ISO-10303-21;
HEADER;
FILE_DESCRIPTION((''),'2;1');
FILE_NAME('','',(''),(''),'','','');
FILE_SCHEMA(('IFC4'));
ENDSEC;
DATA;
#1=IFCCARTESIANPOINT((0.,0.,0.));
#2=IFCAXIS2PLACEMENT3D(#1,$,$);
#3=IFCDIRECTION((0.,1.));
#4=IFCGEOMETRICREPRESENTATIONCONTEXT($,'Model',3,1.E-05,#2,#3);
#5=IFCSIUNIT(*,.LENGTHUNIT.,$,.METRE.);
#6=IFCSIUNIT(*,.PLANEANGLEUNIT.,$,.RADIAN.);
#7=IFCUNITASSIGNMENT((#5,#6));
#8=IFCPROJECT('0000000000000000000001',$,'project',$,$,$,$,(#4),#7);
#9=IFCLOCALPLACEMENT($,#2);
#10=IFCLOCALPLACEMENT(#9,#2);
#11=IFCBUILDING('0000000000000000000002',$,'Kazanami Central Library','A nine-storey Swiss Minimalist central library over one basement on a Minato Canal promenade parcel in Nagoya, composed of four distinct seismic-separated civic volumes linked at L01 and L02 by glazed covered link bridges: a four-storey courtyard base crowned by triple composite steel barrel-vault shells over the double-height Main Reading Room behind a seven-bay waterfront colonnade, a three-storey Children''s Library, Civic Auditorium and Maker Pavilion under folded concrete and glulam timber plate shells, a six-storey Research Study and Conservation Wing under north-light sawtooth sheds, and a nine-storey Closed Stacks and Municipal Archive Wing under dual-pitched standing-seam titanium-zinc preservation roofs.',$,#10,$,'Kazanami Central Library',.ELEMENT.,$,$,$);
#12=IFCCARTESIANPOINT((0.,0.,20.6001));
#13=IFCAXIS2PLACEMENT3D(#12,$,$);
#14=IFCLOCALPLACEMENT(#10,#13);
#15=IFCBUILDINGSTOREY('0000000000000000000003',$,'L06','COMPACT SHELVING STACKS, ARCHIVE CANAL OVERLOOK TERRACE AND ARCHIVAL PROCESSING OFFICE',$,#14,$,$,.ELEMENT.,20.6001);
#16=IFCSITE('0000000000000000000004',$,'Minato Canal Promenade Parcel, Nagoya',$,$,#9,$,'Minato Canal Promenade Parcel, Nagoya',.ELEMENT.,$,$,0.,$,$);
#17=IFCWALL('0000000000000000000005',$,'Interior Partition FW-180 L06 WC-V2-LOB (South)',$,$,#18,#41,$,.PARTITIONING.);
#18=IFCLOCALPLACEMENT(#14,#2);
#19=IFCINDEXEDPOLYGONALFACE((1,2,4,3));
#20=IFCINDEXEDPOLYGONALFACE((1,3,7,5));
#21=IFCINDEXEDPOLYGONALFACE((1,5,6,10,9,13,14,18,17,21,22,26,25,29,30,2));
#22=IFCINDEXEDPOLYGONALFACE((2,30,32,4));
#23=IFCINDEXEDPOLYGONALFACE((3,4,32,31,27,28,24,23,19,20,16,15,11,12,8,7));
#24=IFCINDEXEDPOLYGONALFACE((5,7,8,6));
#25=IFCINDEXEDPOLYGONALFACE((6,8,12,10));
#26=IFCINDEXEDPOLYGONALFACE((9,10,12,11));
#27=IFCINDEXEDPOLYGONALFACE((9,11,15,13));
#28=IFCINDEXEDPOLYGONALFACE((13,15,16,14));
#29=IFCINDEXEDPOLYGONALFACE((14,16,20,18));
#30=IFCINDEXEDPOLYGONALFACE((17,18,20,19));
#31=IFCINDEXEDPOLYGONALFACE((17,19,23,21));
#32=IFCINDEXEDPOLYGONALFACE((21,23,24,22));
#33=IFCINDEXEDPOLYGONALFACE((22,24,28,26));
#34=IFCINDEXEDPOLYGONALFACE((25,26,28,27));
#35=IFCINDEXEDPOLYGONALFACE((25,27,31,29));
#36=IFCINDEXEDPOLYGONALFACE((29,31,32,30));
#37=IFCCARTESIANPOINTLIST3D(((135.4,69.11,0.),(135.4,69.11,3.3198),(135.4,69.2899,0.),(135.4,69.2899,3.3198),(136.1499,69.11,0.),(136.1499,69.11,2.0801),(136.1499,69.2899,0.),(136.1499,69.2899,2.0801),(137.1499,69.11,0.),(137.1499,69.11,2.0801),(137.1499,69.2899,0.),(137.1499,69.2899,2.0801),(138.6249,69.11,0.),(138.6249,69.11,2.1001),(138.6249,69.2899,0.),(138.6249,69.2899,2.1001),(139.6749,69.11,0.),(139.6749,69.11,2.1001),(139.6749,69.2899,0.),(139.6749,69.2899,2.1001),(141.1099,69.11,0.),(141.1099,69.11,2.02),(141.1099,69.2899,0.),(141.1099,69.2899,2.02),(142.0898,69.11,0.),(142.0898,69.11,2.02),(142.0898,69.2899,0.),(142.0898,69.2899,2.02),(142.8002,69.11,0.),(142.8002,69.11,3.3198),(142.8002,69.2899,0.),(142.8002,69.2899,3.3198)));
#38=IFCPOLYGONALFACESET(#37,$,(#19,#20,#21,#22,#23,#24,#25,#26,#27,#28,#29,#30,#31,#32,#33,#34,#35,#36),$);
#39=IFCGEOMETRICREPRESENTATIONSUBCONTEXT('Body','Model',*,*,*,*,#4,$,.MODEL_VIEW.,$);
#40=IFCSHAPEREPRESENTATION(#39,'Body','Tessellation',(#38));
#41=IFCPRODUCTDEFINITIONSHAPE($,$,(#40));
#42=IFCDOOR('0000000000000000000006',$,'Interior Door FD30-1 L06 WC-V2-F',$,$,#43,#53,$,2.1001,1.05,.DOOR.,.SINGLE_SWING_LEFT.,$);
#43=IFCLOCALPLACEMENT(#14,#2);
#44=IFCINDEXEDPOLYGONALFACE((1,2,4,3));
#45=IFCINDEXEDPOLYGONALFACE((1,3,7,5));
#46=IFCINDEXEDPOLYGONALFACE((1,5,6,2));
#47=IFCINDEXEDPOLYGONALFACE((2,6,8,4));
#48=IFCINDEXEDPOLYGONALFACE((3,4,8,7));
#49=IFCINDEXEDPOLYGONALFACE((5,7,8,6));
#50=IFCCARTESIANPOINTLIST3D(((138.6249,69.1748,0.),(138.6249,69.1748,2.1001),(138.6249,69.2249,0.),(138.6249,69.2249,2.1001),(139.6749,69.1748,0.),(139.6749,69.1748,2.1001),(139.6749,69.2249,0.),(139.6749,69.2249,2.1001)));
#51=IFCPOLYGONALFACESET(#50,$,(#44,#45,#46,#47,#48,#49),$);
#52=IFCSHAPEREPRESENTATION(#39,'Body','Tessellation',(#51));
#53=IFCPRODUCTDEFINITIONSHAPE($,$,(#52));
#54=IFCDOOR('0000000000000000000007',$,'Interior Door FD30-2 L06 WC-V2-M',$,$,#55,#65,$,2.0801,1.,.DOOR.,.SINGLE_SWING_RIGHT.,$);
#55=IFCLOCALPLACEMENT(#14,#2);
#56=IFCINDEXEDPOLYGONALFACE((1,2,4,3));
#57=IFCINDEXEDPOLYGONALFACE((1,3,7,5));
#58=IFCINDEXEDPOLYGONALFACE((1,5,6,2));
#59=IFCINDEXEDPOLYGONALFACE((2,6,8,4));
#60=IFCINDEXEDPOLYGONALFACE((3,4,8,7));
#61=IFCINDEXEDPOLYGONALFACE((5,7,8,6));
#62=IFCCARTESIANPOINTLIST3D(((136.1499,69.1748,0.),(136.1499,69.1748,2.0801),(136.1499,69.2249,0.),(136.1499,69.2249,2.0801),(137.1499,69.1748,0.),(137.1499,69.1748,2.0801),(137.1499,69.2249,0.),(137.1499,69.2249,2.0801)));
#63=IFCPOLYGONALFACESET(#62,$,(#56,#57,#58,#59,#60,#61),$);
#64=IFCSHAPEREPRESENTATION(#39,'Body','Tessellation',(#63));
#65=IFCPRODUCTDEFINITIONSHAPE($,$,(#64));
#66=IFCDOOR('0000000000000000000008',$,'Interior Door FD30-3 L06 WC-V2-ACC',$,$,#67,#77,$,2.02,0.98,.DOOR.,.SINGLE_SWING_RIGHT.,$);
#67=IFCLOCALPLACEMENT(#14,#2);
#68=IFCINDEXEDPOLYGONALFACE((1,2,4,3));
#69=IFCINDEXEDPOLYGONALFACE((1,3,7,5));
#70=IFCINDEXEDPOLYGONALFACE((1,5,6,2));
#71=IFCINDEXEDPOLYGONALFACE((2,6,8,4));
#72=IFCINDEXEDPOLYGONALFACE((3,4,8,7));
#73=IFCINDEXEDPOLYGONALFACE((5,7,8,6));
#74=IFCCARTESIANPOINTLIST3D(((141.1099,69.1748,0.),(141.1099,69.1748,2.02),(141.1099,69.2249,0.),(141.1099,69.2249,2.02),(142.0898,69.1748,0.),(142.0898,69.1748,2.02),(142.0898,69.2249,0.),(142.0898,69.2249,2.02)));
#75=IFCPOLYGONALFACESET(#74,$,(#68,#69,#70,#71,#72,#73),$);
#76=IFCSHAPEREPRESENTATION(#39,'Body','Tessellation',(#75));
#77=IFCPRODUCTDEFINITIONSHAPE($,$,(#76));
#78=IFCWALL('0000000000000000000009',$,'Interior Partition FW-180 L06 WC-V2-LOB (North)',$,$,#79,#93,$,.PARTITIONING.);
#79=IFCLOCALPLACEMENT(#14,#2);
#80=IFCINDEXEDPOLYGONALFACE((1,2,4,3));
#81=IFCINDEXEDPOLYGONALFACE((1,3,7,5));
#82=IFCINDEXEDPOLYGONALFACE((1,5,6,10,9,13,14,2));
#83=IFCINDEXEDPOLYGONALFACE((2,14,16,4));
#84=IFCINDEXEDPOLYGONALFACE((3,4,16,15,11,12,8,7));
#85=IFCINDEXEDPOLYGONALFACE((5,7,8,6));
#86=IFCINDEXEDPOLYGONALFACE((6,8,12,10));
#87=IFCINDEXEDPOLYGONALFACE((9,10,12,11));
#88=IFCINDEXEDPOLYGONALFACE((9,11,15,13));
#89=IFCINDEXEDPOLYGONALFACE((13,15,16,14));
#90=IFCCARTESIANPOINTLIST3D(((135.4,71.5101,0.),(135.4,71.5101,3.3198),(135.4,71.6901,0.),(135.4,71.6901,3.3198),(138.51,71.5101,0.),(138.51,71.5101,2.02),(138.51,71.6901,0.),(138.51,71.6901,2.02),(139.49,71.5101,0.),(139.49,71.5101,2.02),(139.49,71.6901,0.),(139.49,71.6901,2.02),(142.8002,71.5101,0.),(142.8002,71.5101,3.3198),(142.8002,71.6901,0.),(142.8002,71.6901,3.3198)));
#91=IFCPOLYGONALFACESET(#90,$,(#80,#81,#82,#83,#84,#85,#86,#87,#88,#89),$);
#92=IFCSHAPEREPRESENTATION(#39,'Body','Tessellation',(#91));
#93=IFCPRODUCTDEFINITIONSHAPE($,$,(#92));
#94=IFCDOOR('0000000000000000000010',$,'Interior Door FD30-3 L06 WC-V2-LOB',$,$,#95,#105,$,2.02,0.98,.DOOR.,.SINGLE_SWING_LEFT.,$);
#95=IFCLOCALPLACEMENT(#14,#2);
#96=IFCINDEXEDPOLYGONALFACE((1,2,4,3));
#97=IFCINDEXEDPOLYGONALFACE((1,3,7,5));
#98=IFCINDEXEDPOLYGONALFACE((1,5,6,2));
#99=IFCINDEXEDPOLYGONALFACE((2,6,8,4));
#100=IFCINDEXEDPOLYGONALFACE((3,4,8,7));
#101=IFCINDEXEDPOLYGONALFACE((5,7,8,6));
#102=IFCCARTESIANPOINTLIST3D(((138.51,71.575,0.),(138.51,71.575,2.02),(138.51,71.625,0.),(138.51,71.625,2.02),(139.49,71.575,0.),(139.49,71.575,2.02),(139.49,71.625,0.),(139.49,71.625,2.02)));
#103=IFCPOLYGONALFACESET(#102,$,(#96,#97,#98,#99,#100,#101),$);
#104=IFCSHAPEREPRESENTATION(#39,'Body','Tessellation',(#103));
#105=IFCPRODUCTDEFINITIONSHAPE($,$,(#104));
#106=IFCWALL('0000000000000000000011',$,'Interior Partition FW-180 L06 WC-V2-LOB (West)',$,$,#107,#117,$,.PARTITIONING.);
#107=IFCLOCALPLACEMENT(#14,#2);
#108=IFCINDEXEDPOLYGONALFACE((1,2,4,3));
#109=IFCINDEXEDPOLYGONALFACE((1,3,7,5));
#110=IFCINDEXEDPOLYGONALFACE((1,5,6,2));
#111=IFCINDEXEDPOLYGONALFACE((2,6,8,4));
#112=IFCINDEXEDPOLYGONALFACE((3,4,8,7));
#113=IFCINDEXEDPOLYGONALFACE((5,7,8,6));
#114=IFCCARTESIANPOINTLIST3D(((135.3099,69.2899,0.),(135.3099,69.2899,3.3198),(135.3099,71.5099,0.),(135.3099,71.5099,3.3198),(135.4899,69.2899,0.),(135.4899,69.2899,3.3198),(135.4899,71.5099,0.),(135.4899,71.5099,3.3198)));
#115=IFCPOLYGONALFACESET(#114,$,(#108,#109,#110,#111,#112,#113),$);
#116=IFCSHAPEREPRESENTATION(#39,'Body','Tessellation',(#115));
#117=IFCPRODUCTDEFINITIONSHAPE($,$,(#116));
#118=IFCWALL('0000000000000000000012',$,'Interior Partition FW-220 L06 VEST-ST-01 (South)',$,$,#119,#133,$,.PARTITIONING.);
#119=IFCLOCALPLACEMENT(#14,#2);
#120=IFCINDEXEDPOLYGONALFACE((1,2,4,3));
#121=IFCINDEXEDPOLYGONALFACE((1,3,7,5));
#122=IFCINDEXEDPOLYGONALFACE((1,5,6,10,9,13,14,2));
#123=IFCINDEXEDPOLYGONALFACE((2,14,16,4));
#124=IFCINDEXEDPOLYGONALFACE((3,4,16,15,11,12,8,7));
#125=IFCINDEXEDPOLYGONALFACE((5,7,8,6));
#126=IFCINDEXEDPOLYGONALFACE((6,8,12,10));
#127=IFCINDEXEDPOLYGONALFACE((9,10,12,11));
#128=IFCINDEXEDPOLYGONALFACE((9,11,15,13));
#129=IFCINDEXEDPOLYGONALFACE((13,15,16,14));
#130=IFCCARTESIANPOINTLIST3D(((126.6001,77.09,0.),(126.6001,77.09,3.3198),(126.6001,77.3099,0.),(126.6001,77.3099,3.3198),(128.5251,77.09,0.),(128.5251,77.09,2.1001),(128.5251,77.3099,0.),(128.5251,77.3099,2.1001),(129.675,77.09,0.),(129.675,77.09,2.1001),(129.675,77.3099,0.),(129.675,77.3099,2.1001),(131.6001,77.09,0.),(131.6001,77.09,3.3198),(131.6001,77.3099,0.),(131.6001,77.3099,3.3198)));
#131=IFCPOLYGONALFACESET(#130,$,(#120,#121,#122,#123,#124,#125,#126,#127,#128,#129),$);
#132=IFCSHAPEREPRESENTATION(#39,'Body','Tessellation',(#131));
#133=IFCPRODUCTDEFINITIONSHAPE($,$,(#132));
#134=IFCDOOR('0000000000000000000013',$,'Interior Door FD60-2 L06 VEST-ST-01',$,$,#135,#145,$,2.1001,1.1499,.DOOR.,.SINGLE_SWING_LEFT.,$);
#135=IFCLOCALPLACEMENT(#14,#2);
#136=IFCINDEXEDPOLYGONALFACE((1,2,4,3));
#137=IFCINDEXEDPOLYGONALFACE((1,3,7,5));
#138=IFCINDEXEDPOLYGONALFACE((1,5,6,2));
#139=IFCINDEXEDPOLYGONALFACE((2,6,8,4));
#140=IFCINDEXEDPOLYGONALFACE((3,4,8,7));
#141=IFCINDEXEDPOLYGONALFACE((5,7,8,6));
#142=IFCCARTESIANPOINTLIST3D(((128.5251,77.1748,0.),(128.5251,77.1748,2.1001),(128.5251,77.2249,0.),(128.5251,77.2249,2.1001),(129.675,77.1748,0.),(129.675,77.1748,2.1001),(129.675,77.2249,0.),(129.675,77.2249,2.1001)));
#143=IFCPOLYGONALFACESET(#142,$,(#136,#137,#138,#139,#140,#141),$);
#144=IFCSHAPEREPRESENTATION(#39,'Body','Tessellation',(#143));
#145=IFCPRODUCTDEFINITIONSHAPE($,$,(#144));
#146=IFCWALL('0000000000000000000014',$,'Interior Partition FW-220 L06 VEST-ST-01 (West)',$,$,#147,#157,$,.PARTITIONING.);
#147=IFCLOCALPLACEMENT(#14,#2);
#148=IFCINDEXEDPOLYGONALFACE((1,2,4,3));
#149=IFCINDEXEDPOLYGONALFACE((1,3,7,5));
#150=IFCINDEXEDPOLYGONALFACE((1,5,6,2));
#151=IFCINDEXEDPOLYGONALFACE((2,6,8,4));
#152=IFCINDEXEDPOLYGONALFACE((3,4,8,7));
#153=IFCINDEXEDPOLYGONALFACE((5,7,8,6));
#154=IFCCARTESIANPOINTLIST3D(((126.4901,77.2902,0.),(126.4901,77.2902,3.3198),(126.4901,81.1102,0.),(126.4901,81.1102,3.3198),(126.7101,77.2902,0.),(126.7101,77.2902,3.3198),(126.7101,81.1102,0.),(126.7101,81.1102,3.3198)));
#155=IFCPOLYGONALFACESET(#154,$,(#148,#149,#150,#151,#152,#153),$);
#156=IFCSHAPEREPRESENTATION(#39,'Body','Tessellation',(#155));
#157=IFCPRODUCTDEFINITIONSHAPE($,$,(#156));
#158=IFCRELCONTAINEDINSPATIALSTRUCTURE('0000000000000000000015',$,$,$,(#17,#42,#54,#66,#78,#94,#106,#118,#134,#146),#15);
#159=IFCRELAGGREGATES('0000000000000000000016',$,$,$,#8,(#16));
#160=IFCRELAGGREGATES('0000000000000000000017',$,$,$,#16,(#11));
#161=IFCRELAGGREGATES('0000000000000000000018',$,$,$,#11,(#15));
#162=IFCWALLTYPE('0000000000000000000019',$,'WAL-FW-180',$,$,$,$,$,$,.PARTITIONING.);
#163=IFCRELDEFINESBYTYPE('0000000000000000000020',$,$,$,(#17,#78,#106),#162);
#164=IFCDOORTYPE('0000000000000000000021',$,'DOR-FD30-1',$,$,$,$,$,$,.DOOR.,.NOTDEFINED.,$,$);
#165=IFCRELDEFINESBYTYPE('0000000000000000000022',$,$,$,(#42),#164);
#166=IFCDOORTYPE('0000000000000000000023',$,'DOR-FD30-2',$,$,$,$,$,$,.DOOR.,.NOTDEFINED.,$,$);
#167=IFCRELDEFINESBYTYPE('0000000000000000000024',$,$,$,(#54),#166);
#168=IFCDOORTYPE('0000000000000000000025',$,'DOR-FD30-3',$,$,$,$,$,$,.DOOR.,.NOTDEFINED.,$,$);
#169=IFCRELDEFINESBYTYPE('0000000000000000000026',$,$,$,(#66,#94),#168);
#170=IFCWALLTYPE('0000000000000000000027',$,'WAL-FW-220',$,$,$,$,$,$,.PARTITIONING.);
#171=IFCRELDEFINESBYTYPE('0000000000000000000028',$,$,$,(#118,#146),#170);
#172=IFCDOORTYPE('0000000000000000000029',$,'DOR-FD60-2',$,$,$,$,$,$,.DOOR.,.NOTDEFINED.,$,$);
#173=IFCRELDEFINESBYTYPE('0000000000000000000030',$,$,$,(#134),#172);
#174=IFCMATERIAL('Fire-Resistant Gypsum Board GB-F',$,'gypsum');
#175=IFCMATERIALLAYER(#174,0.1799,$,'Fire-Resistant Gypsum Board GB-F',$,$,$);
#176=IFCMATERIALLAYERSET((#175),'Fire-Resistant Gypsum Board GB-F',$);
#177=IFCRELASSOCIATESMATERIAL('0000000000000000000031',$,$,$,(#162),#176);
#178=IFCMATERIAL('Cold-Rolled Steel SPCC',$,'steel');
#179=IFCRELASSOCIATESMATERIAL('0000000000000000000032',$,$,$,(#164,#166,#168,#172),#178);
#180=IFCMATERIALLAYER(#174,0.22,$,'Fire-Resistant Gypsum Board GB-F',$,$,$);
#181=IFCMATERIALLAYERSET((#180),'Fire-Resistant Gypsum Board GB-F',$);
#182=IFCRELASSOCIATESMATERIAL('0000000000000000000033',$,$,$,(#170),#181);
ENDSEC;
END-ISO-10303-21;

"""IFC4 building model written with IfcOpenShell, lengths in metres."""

from ifc_helpers import new_model, si_unit, direction, frame, frame_2d, origin, place, context, subcontext, project, spatial, rectangle, extrude, material, layer, layer_set, type_object, element, fill, save


model = new_model("IFC4")

# Units and contexts
model_context = context("Model", 3, precision=1e-05, world=origin(), true_north=direction((0.0, 1.0)))
body_context = subcontext(model_context, "Body", "Model", "MODEL_VIEW")
ifc_project = project(units=[si_unit("LENGTHUNIT", "METRE"), si_unit("PLANEANGLEUNIT", "RADIAN")], contexts=[model_context])

# Site, building, storey
site_placement = place(None, origin())
site = spatial("IfcSite", under=ifc_project, at=site_placement, Name="Minato Canal Promenade Parcel, Nagoya", LongName="Minato Canal Promenade Parcel, Nagoya", CompositionType="ELEMENT", RefElevation=0.0)
building_placement = place(site_placement, origin())
building = spatial("IfcBuilding", under=site, at=building_placement, Name="Kazanami Central Library", Description="A nine-storey Swiss Minimalist central library over one basement on a Minato Canal promenade parcel in Nagoya, composed of four distinct seismic-separated civic volumes linked at L01 and L02 by glazed covered link bridges: a four-storey courtyard base crowned by triple composite steel barrel-vault shells over the double-height Main Reading Room behind a seven-bay waterfront colonnade, a three-storey Children's Library, Civic Auditorium and Maker Pavilion under folded concrete and glulam timber plate shells, a six-storey Research Study and Conservation Wing under north-light sawtooth sheds, and a nine-storey Closed Stacks and Municipal Archive Wing under dual-pitched standing-seam titanium-zinc preservation roofs.", LongName="Kazanami Central Library", CompositionType="ELEMENT")
storey_placement = place(building_placement, frame((0.0, 0.0, 20.6001)))
storey = spatial("IfcBuildingStorey", under=building, at=storey_placement, Name="L06", Description="COMPACT SHELVING STACKS, ARCHIVE CANAL OVERLOOK TERRACE AND ARCHIVAL PROCESSING OFFICE", CompositionType="ELEMENT", Elevation=20.6001)

# Wall, openings, doors
ifc_material_1 = material(Name="Fire-Resistant Gypsum Board GB-F", Category="gypsum")
ifc_layer_1 = layer(ifc_material_1, 0.1799, Name="Fire-Resistant Gypsum Board GB-F")
ifc_layer_set_1 = layer_set([ifc_layer_1], Name="Fire-Resistant Gypsum Board GB-F")
wall_type_1 = type_object("IfcWallType", Name="WAL-FW-180", PredefinedType="PARTITIONING", material=ifc_layer_set_1)
wall_1_placement = place(storey_placement, frame((135.3999, 69.2, 0.0), z_axis=(0.0, 0.0, 1.0), x_axis=(1.0, 0.0, 0.0)))
wall_1 = element("IfcWall", 1, at=wall_1_placement, inside=storey, type_object=wall_type_1, Name="Interior Partition FW-180 L06 WC-V2-LOB (South)", PredefinedType="PARTITIONING", context=body_context, shape_type="SweptSolid", body=[
    extrude(rectangle(XDim=7.4001, YDim=0.1799, at=frame_2d((3.7002, 0.0))), origin(), (0.0, 0.0, 1.0), 3.3198),
])
opening_1_placement = place(wall_1_placement, frame((0.75, 0.0, 0.0)))
opening_1 = element("IfcOpeningElement", 2, at=opening_1_placement, cuts=wall_1, PredefinedType="OPENING", context=body_context, shape_type="SweptSolid", body=[
    extrude(rectangle(XDim=1.0, YDim=2.0801, at=frame_2d((0.5, 1.04))), frame((0.0, 0.1021, 0.0), z_axis=(0.0, -1.0, 0.0), x_axis=(1.0, 0.0, 0.0)), (0.0, 0.0, 1.0), 0.2039),
])
opening_2_placement = place(wall_1_placement, frame((3.2251, 0.0, 0.0)))
opening_2 = element("IfcOpeningElement", 3, at=opening_2_placement, cuts=wall_1, PredefinedType="OPENING", context=body_context, shape_type="SweptSolid", body=[
    extrude(rectangle(XDim=1.05, YDim=2.1001, at=frame_2d((0.5249, 1.05))), frame((0.0, 0.1021, 0.0), z_axis=(0.0, -1.0, 0.0), x_axis=(1.0, 0.0, 0.0)), (0.0, 0.0, 1.0), 0.2039),
])
opening_3_placement = place(wall_1_placement, frame((5.71, 0.0, 0.0)))
opening_3 = element("IfcOpeningElement", 4, at=opening_3_placement, cuts=wall_1, PredefinedType="OPENING", context=body_context, shape_type="SweptSolid", body=[
    extrude(rectangle(XDim=0.98, YDim=2.02, at=frame_2d((0.49, 1.01))), frame((0.0, 0.1021, 0.0), z_axis=(0.0, -1.0, 0.0), x_axis=(1.0, 0.0, 0.0)), (0.0, 0.0, 1.0), 0.2039),
])
ifc_material_2 = material(Name="Cold-Rolled Steel SPCC", Category="steel")
door_type_1 = type_object("IfcDoorType", Name="DOR-FD30-1", OperationType="NOTDEFINED", PredefinedType="DOOR", material=ifc_material_2)
door_1_placement = place(opening_2_placement, origin())
door_1 = element("IfcDoor", 5, at=door_1_placement, inside=storey, type_object=door_type_1, Name="Interior Door FD30-1 L06 WC-V2-F", OperationType="SINGLE_SWING_LEFT", OverallHeight=2.1001, OverallWidth=1.05, PredefinedType="DOOR", context=body_context, shape_type="SweptSolid", body=[
    extrude(rectangle(XDim=1.05, YDim=2.1001, at=frame_2d((0.5249, 1.05))), frame((0.0, 0.0249, 0.0), z_axis=(0.0, -1.0, 0.0), x_axis=(1.0, 0.0, 0.0)), (0.0, 0.0, 1.0), 0.05),
])
fill(opening_2, door_1)
door_type_2 = type_object("IfcDoorType", Name="DOR-FD30-2", OperationType="NOTDEFINED", PredefinedType="DOOR", material=ifc_material_2)
door_2_placement = place(opening_1_placement, origin())
door_2 = element("IfcDoor", 6, at=door_2_placement, inside=storey, type_object=door_type_2, Name="Interior Door FD30-2 L06 WC-V2-M", OperationType="SINGLE_SWING_RIGHT", OverallHeight=2.0801, OverallWidth=1.0, PredefinedType="DOOR", context=body_context, shape_type="SweptSolid", body=[
    extrude(rectangle(XDim=1.0, YDim=2.0801, at=frame_2d((0.5, 1.04))), frame((0.0, 0.0249, 0.0), z_axis=(0.0, -1.0, 0.0), x_axis=(1.0, 0.0, 0.0)), (0.0, 0.0, 1.0), 0.05),
])
fill(opening_1, door_2)
door_type_3 = type_object("IfcDoorType", Name="DOR-FD30-3", OperationType="NOTDEFINED", PredefinedType="DOOR", material=ifc_material_2)
door_3_placement = place(opening_3_placement, origin())
door_3 = element("IfcDoor", 7, at=door_3_placement, inside=storey, type_object=door_type_3, Name="Interior Door FD30-3 L06 WC-V2-ACC", OperationType="SINGLE_SWING_RIGHT", OverallHeight=2.02, OverallWidth=0.98, PredefinedType="DOOR", context=body_context, shape_type="SweptSolid", body=[
    extrude(rectangle(XDim=0.98, YDim=2.02, at=frame_2d((0.49, 1.01))), frame((0.0, 0.0249, 0.0), z_axis=(0.0, -1.0, 0.0), x_axis=(1.0, 0.0, 0.0)), (0.0, 0.0, 1.0), 0.05),
])
fill(opening_3, door_3)

# Wall, opening, door
wall_2_placement = place(storey_placement, frame((135.3999, 71.6001, 0.0), z_axis=(0.0, 0.0, 1.0), x_axis=(1.0, 0.0, 0.0)))
wall_2 = element("IfcWall", 8, at=wall_2_placement, inside=storey, type_object=wall_type_1, Name="Interior Partition FW-180 L06 WC-V2-LOB (North)", PredefinedType="PARTITIONING", context=body_context, shape_type="SweptSolid", body=[
    extrude(rectangle(XDim=7.4001, YDim=0.1799, at=frame_2d((3.7002, 0.0))), origin(), (0.0, 0.0, 1.0), 3.3198),
])
opening_4_placement = place(wall_2_placement, frame((3.1101, 0.0, 0.0)))
opening_4 = element("IfcOpeningElement", 9, at=opening_4_placement, cuts=wall_2, PredefinedType="OPENING", context=body_context, shape_type="SweptSolid", body=[
    extrude(rectangle(XDim=0.98, YDim=2.02, at=frame_2d((0.49, 1.01))), frame((0.0, 0.1021, 0.0), z_axis=(0.0, -1.0, 0.0), x_axis=(1.0, 0.0, 0.0)), (0.0, 0.0, 1.0), 0.2039),
])
door_4_placement = place(opening_4_placement, origin())
door_4 = element("IfcDoor", 10, at=door_4_placement, inside=storey, type_object=door_type_3, Name="Interior Door FD30-3 L06 WC-V2-LOB", OperationType="SINGLE_SWING_LEFT", OverallHeight=2.02, OverallWidth=0.98, PredefinedType="DOOR", context=body_context, shape_type="SweptSolid", body=[
    extrude(rectangle(XDim=0.98, YDim=2.02, at=frame_2d((0.49, 1.01))), frame((0.0, 0.0249, 0.0), z_axis=(0.0, -1.0, 0.0), x_axis=(1.0, 0.0, 0.0)), (0.0, 0.0, 1.0), 0.05),
])
fill(opening_4, door_4)

# Wall
wall_3_placement = place(storey_placement, frame((135.3999, 69.29, 0.0), z_axis=(0.0, 0.0, 1.0), x_axis=(0.0, 1.0, 0.0)))
element("IfcWall", 11, at=wall_3_placement, inside=storey, type_object=wall_type_1, Name="Interior Partition FW-180 L06 WC-V2-LOB (West)", PredefinedType="PARTITIONING", context=body_context, shape_type="SweptSolid", body=[
    extrude(rectangle(XDim=2.22, YDim=0.1799, at=frame_2d((1.1099, 0.0))), origin(), (0.0, 0.0, 1.0), 3.3198),
])

# Wall, opening, door
ifc_layer_2 = layer(ifc_material_1, 0.22, Name="Fire-Resistant Gypsum Board GB-F")
ifc_layer_set_2 = layer_set([ifc_layer_2], Name="Fire-Resistant Gypsum Board GB-F")
wall_type_2 = type_object("IfcWallType", Name="WAL-FW-220", PredefinedType="PARTITIONING", material=ifc_layer_set_2)
wall_4_placement = place(storey_placement, frame((126.6001, 77.2, 0.0), z_axis=(0.0, 0.0, 1.0), x_axis=(1.0, 0.0, 0.0)))
wall_4 = element("IfcWall", 12, at=wall_4_placement, inside=storey, type_object=wall_type_2, Name="Interior Partition FW-220 L06 VEST-ST-01 (South)", PredefinedType="PARTITIONING", context=body_context, shape_type="SweptSolid", body=[
    extrude(rectangle(XDim=5.0, YDim=0.22, at=frame_2d((2.5, 0.0))), origin(), (0.0, 0.0, 1.0), 3.3198),
])
opening_5_placement = place(wall_4_placement, frame((1.925, 0.0, 0.0)))
opening_5 = element("IfcOpeningElement", 13, at=opening_5_placement, cuts=wall_4, PredefinedType="OPENING", context=body_context, shape_type="SweptSolid", body=[
    extrude(rectangle(XDim=1.1499, YDim=2.1001, at=frame_2d((0.575, 1.05))), frame((0.0, 0.1221, 0.0), z_axis=(0.0, -1.0, 0.0), x_axis=(1.0, 0.0, 0.0)), (0.0, 0.0, 1.0), 0.2439),
])
door_type_4 = type_object("IfcDoorType", Name="DOR-FD60-2", OperationType="NOTDEFINED", PredefinedType="DOOR", material=ifc_material_2)
door_5_placement = place(opening_5_placement, origin())
door_5 = element("IfcDoor", 14, at=door_5_placement, inside=storey, type_object=door_type_4, Name="Interior Door FD60-2 L06 VEST-ST-01", OperationType="SINGLE_SWING_LEFT", OverallHeight=2.1001, OverallWidth=1.1499, PredefinedType="DOOR", context=body_context, shape_type="SweptSolid", body=[
    extrude(rectangle(XDim=1.1499, YDim=2.1001, at=frame_2d((0.575, 1.05))), frame((0.0, 0.0249, 0.0), z_axis=(0.0, -1.0, 0.0), x_axis=(1.0, 0.0, 0.0)), (0.0, 0.0, 1.0), 0.05),
])
fill(opening_5, door_5)

# Wall
wall_5_placement = place(storey_placement, frame((126.6001, 77.29, 0.0), z_axis=(0.0, 0.0, 1.0), x_axis=(0.0, 1.0, 0.0)))
element("IfcWall", 15, at=wall_5_placement, inside=storey, type_object=wall_type_2, Name="Interior Partition FW-220 L06 VEST-ST-01 (West)", PredefinedType="PARTITIONING", context=body_context, shape_type="SweptSolid", body=[
    extrude(rectangle(XDim=3.8201, YDim=0.22, at=frame_2d((1.9102, 0.0))), origin(), (0.0, 0.0, 1.0), 3.3198),
])

save(model, "model.ifc")
